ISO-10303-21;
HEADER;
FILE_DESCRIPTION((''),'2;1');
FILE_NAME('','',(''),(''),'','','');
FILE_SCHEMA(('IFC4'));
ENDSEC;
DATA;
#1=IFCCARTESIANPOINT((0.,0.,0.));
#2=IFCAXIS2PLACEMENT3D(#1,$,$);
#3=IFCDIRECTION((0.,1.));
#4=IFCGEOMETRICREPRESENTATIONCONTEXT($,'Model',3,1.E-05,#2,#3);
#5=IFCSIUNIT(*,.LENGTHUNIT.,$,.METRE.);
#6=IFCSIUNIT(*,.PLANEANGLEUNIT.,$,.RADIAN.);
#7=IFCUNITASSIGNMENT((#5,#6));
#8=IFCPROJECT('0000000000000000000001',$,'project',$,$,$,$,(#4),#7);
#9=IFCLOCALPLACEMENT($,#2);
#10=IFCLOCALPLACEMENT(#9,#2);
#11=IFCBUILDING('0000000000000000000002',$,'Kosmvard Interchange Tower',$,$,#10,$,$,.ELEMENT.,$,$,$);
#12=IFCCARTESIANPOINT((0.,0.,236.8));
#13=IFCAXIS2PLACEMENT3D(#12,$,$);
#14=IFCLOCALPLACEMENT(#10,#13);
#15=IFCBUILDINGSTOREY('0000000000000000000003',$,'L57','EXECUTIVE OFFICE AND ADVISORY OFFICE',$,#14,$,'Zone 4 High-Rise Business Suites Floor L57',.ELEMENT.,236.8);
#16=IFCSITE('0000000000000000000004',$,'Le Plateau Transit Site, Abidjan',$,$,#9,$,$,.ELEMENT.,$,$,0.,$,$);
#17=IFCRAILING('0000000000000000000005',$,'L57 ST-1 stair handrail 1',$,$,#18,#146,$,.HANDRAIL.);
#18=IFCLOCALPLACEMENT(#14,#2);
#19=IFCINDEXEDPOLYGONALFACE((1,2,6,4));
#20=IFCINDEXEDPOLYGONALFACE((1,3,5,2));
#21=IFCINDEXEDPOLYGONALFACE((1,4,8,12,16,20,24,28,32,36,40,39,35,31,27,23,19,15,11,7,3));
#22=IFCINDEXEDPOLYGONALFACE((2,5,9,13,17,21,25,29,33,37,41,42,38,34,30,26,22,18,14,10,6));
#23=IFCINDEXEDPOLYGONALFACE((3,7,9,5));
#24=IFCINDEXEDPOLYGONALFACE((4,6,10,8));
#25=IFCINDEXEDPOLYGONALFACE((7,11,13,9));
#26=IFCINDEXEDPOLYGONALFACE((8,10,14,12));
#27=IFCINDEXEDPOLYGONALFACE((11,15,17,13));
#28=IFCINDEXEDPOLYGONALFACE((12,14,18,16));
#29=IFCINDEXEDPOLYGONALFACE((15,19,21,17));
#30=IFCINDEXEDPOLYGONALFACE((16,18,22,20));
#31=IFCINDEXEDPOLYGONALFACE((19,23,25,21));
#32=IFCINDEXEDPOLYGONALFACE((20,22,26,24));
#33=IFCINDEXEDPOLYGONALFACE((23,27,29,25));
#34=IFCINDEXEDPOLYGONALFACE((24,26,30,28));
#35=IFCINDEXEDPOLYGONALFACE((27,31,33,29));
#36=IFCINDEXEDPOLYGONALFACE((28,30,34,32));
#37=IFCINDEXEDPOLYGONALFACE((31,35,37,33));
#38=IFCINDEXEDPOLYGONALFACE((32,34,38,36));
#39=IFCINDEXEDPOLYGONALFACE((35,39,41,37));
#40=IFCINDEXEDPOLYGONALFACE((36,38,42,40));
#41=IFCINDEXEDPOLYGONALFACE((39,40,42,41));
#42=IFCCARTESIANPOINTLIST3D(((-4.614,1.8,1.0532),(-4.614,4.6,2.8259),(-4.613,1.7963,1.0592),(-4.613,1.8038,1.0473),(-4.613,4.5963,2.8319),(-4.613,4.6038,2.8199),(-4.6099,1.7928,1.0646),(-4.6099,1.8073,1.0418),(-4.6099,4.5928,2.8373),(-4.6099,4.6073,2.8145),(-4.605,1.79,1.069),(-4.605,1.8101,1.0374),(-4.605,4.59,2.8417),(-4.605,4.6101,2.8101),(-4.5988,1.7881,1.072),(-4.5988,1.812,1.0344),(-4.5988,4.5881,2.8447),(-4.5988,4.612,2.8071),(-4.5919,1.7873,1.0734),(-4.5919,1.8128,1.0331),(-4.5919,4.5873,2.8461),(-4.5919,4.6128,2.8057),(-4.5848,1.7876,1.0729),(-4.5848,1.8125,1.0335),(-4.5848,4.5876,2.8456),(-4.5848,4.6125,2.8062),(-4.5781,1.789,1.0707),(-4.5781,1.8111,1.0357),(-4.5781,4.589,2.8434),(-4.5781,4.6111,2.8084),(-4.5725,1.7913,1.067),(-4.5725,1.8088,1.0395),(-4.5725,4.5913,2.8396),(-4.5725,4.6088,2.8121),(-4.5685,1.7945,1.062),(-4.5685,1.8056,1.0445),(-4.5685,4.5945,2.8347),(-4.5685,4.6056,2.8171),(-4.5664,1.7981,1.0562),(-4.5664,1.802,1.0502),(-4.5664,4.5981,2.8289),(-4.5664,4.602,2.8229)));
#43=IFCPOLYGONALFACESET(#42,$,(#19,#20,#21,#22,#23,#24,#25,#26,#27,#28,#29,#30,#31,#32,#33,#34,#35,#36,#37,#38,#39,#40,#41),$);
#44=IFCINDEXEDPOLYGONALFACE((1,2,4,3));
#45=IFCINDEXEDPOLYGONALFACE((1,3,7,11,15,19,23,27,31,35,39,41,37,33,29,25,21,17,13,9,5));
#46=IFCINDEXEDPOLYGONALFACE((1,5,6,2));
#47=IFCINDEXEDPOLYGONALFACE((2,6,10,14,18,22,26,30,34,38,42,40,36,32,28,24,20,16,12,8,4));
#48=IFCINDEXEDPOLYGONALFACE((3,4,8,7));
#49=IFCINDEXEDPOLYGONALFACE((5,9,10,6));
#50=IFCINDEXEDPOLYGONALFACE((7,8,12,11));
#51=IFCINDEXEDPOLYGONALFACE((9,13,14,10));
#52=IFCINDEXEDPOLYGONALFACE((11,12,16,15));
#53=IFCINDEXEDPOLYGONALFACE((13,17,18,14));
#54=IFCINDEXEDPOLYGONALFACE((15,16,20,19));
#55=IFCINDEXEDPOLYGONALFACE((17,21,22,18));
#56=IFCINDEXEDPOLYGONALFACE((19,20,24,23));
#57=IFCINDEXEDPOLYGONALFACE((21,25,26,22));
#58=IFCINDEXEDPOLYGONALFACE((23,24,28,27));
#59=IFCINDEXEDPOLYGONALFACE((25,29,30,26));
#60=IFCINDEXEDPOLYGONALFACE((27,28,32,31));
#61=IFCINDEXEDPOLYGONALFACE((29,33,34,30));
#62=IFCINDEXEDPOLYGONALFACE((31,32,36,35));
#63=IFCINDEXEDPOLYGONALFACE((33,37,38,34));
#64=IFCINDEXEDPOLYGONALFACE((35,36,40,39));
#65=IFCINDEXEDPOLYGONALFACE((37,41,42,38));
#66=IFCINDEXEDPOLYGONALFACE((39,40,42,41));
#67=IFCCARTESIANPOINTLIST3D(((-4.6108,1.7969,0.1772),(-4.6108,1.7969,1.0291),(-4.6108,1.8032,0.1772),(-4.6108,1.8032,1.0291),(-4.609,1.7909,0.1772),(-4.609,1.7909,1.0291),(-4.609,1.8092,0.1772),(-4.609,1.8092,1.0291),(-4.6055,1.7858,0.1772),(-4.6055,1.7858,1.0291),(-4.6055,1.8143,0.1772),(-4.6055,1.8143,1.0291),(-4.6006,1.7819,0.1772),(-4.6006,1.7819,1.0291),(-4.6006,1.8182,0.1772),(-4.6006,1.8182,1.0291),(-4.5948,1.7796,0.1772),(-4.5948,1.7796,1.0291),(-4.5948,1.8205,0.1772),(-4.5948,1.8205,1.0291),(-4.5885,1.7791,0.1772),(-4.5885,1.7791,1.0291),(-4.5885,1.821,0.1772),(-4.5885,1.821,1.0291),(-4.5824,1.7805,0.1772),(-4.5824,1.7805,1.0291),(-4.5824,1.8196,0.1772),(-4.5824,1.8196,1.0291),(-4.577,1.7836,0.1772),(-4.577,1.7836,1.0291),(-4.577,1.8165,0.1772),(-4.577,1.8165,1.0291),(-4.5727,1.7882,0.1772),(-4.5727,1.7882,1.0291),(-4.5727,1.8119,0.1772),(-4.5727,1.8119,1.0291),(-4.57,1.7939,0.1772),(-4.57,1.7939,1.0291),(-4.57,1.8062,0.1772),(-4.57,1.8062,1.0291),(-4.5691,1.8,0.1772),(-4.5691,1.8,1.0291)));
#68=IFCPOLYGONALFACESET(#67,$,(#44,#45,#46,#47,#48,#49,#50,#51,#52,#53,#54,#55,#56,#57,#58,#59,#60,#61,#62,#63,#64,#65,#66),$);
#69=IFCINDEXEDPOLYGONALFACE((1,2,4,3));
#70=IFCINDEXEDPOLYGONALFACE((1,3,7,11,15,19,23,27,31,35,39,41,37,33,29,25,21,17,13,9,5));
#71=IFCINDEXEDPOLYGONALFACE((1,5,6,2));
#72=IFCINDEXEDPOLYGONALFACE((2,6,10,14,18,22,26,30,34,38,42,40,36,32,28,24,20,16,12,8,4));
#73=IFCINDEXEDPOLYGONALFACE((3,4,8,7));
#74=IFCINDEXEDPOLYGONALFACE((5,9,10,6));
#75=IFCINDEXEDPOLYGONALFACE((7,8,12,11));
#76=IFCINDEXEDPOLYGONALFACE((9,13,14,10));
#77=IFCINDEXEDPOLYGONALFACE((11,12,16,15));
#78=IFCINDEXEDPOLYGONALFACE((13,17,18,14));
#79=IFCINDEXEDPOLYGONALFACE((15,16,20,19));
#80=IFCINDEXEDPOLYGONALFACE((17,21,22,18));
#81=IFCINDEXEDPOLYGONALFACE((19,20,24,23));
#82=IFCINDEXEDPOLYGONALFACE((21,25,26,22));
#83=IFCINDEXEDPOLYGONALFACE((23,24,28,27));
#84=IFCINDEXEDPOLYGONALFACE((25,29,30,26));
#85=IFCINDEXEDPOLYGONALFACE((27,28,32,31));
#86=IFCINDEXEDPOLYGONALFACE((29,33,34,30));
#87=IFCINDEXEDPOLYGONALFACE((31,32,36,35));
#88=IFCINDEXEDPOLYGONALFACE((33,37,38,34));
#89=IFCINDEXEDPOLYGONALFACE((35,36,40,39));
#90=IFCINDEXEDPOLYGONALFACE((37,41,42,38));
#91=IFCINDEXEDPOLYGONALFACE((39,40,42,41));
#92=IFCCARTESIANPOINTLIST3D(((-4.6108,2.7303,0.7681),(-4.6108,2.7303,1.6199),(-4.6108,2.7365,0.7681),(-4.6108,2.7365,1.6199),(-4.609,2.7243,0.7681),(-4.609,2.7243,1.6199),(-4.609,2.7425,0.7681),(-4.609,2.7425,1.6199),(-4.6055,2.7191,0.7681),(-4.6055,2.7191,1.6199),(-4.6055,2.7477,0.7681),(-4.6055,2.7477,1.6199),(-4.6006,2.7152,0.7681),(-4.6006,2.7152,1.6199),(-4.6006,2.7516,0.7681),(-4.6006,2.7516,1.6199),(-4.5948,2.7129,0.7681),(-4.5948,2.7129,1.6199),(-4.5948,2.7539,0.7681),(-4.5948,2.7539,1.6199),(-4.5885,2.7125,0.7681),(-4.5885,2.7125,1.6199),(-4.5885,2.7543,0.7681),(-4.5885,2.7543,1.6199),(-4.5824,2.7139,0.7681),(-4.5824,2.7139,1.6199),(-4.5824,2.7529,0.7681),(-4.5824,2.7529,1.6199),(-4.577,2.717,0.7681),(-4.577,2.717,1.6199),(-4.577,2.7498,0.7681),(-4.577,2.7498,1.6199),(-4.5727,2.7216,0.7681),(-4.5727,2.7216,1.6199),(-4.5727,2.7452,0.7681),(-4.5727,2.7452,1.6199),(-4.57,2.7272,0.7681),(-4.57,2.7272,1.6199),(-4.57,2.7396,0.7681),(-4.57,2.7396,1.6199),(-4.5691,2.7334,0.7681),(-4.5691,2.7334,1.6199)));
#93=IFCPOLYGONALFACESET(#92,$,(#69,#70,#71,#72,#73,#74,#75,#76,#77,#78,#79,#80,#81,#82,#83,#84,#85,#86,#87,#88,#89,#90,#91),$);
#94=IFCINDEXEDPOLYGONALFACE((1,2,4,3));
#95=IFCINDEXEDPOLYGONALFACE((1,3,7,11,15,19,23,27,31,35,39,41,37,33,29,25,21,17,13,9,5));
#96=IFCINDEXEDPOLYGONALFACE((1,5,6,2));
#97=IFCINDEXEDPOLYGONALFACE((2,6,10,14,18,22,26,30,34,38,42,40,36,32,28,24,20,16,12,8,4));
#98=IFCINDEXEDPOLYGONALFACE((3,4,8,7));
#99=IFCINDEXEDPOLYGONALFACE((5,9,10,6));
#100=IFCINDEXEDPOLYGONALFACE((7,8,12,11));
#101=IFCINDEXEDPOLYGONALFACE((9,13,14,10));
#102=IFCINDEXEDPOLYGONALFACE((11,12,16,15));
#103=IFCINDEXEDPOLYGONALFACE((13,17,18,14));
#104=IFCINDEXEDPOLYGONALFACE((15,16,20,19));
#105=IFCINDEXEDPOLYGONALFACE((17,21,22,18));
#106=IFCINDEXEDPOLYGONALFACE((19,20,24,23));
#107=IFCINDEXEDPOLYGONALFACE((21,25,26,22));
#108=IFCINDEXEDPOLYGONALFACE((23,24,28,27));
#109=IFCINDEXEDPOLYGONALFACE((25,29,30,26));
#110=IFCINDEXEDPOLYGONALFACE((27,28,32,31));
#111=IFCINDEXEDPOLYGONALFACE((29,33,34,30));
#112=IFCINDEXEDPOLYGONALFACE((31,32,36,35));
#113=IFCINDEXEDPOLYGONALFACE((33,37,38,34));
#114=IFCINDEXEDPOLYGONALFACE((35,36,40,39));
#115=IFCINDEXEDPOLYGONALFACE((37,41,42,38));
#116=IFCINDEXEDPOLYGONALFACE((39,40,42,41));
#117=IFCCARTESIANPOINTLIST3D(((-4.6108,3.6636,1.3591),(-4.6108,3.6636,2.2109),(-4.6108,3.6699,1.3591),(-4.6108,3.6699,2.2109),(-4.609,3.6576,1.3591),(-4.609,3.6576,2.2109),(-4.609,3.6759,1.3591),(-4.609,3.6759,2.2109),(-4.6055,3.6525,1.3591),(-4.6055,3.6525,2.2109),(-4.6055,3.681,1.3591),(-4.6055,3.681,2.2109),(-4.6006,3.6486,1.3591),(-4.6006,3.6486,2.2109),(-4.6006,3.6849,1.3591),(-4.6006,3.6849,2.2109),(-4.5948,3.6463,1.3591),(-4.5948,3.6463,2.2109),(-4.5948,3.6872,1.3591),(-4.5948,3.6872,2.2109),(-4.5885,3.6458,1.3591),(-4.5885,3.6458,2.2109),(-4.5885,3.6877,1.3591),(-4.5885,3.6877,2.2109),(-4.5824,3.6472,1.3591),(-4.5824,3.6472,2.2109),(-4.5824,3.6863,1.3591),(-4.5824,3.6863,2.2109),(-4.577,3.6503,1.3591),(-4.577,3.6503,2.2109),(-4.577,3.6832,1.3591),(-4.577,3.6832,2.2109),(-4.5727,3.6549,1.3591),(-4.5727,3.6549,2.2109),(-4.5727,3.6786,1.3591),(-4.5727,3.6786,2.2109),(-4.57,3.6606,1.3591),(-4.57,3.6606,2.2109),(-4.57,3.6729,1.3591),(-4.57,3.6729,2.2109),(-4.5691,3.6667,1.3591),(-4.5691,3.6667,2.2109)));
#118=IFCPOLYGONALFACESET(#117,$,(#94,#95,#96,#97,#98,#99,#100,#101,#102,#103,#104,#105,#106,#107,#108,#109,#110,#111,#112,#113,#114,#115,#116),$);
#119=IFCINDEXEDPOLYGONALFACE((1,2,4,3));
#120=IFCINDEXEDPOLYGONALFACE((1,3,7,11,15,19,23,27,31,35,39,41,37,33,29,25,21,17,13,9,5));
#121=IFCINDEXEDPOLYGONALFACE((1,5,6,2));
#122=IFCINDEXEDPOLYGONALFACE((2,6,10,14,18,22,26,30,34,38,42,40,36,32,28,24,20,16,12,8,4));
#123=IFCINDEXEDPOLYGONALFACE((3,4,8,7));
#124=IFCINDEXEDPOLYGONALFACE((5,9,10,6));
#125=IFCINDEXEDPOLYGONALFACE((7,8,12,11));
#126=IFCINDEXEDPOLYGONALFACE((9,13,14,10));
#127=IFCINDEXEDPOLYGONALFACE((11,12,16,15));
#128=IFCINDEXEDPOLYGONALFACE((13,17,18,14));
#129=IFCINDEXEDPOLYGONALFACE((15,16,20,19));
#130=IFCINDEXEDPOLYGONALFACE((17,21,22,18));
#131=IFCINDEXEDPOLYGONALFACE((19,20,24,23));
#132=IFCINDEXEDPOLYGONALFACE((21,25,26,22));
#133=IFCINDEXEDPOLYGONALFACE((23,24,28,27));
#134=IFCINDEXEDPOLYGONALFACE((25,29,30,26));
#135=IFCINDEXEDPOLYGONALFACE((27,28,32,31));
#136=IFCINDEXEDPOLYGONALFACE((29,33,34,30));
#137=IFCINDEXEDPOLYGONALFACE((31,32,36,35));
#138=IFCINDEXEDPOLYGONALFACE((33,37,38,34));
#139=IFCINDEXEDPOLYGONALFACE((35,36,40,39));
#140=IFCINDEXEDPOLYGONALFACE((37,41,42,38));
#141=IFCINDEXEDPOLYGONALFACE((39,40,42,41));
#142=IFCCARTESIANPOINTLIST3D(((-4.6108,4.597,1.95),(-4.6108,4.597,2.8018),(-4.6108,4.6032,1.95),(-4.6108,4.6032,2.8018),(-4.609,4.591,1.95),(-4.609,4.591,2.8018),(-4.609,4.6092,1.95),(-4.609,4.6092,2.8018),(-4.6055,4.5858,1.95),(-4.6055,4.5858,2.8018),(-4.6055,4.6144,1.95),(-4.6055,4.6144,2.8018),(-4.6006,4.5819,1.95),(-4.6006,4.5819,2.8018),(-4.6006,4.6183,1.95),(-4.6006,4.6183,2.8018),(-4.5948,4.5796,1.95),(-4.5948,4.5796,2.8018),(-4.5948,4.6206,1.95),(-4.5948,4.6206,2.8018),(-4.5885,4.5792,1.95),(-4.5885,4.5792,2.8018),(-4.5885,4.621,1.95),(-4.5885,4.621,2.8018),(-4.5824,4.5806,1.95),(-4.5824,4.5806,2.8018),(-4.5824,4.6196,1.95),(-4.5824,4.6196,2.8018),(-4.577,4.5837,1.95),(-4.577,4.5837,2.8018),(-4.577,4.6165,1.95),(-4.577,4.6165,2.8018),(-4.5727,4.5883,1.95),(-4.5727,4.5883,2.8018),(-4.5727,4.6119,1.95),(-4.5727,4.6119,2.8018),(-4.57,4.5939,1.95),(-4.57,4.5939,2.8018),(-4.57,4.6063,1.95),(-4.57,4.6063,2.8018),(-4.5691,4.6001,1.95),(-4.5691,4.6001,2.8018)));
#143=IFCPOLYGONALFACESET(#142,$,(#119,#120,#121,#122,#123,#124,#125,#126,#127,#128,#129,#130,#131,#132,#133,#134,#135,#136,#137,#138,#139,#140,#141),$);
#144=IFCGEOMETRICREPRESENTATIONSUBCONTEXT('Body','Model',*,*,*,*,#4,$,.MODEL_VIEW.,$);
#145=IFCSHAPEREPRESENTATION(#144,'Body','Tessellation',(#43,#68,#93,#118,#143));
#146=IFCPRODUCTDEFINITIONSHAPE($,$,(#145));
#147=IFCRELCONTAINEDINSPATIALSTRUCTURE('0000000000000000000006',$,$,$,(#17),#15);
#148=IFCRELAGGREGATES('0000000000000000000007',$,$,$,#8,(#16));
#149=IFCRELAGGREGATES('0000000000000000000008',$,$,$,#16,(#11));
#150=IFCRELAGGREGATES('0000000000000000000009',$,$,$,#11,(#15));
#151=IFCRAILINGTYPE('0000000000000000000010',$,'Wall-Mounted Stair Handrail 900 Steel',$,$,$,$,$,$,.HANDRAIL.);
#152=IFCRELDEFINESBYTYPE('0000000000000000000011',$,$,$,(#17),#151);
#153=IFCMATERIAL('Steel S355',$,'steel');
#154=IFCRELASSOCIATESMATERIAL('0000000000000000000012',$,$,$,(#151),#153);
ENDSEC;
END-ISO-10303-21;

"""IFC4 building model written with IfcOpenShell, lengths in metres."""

from ifc_helpers import new_model, si_unit, direction, frame, origin, origin_2d, place, context, subcontext, project, spatial, circle, extrude, source, transform, mapped, material, type_object, element, save


model = new_model("IFC4")

# Units and contexts
model_context = context("Model", 3, precision=1e-05, world=origin(), true_north=direction((0.0, 1.0)))
body_context = subcontext(model_context, "Body", "Model", "MODEL_VIEW")
ifc_project = project(units=[si_unit("LENGTHUNIT", "METRE"), si_unit("PLANEANGLEUNIT", "RADIAN")], contexts=[model_context])

# Site, building, storey
site_placement = place(None, origin())
site = spatial("IfcSite", under=ifc_project, at=site_placement, Name="Le Plateau Transit Site, Abidjan", CompositionType="ELEMENT", RefElevation=0.0)
building_placement = place(site_placement, origin())
building = spatial("IfcBuilding", under=site, at=building_placement, Name="Kosmvard Interchange Tower", CompositionType="ELEMENT")
storey_placement = place(building_placement, frame((0.0, 0.0, 236.8)))
storey = spatial("IfcBuildingStorey", under=building, at=storey_placement, Name="L57", Description="EXECUTIVE OFFICE AND ADVISORY OFFICE", LongName="Zone 4 High-Rise Business Suites Floor L57", CompositionType="ELEMENT", Elevation=236.8)

# Shared definitions
ifc_material_1 = material(Name="Steel S355", Category="steel")

# Railing
railing_type_1 = type_object("IfcRailingType", Name="Wall-Mounted Stair Handrail 900 Steel", PredefinedType="HANDRAIL", material=ifc_material_1)
shared_shape_1 = source(origin(), body_context, "Body", "SweptSolid", [
    extrude(circle(Radius=0.0239, at=origin_2d()), frame((0.0, 0.0, 0.876), z_axis=(0.0, 0.844909, 0.53491), x_axis=(-1.0, 0.0, 0.0)), (0.0, 0.0, 1.0), 3.314),
    extrude(circle(Radius=0.021, at=origin_2d()), origin(), (0.0, 0.0, 1.0), 0.8518),
    extrude(circle(Radius=0.021, at=origin_2d()), frame((0.0, 0.9333, 0.5908)), (0.0, 0.0, 1.0), 0.8518),
    extrude(circle(Radius=0.021, at=origin_2d()), frame((0.0, 1.8667, 1.1819)), (0.0, 0.0, 1.0), 0.8518),
    extrude(circle(Radius=0.021, at=origin_2d()), frame((0.0, 2.8, 1.7727)), (0.0, 0.0, 1.0), 0.8518),
])
railing_1_placement = place(storey_placement, frame((-4.5901, 1.8, 0.1772)))
element("IfcRailing", 1, at=railing_1_placement, inside=storey, type_object=railing_type_1, Name="L57 ST-1 stair handrail 1", PredefinedType="HANDRAIL", context=body_context, shape_type="MappedRepresentation", body=[
    mapped(shared_shape_1, transform((0.0, 0.0, 0.0), scale=1.0)),
])

save(model, "model.ifc")
